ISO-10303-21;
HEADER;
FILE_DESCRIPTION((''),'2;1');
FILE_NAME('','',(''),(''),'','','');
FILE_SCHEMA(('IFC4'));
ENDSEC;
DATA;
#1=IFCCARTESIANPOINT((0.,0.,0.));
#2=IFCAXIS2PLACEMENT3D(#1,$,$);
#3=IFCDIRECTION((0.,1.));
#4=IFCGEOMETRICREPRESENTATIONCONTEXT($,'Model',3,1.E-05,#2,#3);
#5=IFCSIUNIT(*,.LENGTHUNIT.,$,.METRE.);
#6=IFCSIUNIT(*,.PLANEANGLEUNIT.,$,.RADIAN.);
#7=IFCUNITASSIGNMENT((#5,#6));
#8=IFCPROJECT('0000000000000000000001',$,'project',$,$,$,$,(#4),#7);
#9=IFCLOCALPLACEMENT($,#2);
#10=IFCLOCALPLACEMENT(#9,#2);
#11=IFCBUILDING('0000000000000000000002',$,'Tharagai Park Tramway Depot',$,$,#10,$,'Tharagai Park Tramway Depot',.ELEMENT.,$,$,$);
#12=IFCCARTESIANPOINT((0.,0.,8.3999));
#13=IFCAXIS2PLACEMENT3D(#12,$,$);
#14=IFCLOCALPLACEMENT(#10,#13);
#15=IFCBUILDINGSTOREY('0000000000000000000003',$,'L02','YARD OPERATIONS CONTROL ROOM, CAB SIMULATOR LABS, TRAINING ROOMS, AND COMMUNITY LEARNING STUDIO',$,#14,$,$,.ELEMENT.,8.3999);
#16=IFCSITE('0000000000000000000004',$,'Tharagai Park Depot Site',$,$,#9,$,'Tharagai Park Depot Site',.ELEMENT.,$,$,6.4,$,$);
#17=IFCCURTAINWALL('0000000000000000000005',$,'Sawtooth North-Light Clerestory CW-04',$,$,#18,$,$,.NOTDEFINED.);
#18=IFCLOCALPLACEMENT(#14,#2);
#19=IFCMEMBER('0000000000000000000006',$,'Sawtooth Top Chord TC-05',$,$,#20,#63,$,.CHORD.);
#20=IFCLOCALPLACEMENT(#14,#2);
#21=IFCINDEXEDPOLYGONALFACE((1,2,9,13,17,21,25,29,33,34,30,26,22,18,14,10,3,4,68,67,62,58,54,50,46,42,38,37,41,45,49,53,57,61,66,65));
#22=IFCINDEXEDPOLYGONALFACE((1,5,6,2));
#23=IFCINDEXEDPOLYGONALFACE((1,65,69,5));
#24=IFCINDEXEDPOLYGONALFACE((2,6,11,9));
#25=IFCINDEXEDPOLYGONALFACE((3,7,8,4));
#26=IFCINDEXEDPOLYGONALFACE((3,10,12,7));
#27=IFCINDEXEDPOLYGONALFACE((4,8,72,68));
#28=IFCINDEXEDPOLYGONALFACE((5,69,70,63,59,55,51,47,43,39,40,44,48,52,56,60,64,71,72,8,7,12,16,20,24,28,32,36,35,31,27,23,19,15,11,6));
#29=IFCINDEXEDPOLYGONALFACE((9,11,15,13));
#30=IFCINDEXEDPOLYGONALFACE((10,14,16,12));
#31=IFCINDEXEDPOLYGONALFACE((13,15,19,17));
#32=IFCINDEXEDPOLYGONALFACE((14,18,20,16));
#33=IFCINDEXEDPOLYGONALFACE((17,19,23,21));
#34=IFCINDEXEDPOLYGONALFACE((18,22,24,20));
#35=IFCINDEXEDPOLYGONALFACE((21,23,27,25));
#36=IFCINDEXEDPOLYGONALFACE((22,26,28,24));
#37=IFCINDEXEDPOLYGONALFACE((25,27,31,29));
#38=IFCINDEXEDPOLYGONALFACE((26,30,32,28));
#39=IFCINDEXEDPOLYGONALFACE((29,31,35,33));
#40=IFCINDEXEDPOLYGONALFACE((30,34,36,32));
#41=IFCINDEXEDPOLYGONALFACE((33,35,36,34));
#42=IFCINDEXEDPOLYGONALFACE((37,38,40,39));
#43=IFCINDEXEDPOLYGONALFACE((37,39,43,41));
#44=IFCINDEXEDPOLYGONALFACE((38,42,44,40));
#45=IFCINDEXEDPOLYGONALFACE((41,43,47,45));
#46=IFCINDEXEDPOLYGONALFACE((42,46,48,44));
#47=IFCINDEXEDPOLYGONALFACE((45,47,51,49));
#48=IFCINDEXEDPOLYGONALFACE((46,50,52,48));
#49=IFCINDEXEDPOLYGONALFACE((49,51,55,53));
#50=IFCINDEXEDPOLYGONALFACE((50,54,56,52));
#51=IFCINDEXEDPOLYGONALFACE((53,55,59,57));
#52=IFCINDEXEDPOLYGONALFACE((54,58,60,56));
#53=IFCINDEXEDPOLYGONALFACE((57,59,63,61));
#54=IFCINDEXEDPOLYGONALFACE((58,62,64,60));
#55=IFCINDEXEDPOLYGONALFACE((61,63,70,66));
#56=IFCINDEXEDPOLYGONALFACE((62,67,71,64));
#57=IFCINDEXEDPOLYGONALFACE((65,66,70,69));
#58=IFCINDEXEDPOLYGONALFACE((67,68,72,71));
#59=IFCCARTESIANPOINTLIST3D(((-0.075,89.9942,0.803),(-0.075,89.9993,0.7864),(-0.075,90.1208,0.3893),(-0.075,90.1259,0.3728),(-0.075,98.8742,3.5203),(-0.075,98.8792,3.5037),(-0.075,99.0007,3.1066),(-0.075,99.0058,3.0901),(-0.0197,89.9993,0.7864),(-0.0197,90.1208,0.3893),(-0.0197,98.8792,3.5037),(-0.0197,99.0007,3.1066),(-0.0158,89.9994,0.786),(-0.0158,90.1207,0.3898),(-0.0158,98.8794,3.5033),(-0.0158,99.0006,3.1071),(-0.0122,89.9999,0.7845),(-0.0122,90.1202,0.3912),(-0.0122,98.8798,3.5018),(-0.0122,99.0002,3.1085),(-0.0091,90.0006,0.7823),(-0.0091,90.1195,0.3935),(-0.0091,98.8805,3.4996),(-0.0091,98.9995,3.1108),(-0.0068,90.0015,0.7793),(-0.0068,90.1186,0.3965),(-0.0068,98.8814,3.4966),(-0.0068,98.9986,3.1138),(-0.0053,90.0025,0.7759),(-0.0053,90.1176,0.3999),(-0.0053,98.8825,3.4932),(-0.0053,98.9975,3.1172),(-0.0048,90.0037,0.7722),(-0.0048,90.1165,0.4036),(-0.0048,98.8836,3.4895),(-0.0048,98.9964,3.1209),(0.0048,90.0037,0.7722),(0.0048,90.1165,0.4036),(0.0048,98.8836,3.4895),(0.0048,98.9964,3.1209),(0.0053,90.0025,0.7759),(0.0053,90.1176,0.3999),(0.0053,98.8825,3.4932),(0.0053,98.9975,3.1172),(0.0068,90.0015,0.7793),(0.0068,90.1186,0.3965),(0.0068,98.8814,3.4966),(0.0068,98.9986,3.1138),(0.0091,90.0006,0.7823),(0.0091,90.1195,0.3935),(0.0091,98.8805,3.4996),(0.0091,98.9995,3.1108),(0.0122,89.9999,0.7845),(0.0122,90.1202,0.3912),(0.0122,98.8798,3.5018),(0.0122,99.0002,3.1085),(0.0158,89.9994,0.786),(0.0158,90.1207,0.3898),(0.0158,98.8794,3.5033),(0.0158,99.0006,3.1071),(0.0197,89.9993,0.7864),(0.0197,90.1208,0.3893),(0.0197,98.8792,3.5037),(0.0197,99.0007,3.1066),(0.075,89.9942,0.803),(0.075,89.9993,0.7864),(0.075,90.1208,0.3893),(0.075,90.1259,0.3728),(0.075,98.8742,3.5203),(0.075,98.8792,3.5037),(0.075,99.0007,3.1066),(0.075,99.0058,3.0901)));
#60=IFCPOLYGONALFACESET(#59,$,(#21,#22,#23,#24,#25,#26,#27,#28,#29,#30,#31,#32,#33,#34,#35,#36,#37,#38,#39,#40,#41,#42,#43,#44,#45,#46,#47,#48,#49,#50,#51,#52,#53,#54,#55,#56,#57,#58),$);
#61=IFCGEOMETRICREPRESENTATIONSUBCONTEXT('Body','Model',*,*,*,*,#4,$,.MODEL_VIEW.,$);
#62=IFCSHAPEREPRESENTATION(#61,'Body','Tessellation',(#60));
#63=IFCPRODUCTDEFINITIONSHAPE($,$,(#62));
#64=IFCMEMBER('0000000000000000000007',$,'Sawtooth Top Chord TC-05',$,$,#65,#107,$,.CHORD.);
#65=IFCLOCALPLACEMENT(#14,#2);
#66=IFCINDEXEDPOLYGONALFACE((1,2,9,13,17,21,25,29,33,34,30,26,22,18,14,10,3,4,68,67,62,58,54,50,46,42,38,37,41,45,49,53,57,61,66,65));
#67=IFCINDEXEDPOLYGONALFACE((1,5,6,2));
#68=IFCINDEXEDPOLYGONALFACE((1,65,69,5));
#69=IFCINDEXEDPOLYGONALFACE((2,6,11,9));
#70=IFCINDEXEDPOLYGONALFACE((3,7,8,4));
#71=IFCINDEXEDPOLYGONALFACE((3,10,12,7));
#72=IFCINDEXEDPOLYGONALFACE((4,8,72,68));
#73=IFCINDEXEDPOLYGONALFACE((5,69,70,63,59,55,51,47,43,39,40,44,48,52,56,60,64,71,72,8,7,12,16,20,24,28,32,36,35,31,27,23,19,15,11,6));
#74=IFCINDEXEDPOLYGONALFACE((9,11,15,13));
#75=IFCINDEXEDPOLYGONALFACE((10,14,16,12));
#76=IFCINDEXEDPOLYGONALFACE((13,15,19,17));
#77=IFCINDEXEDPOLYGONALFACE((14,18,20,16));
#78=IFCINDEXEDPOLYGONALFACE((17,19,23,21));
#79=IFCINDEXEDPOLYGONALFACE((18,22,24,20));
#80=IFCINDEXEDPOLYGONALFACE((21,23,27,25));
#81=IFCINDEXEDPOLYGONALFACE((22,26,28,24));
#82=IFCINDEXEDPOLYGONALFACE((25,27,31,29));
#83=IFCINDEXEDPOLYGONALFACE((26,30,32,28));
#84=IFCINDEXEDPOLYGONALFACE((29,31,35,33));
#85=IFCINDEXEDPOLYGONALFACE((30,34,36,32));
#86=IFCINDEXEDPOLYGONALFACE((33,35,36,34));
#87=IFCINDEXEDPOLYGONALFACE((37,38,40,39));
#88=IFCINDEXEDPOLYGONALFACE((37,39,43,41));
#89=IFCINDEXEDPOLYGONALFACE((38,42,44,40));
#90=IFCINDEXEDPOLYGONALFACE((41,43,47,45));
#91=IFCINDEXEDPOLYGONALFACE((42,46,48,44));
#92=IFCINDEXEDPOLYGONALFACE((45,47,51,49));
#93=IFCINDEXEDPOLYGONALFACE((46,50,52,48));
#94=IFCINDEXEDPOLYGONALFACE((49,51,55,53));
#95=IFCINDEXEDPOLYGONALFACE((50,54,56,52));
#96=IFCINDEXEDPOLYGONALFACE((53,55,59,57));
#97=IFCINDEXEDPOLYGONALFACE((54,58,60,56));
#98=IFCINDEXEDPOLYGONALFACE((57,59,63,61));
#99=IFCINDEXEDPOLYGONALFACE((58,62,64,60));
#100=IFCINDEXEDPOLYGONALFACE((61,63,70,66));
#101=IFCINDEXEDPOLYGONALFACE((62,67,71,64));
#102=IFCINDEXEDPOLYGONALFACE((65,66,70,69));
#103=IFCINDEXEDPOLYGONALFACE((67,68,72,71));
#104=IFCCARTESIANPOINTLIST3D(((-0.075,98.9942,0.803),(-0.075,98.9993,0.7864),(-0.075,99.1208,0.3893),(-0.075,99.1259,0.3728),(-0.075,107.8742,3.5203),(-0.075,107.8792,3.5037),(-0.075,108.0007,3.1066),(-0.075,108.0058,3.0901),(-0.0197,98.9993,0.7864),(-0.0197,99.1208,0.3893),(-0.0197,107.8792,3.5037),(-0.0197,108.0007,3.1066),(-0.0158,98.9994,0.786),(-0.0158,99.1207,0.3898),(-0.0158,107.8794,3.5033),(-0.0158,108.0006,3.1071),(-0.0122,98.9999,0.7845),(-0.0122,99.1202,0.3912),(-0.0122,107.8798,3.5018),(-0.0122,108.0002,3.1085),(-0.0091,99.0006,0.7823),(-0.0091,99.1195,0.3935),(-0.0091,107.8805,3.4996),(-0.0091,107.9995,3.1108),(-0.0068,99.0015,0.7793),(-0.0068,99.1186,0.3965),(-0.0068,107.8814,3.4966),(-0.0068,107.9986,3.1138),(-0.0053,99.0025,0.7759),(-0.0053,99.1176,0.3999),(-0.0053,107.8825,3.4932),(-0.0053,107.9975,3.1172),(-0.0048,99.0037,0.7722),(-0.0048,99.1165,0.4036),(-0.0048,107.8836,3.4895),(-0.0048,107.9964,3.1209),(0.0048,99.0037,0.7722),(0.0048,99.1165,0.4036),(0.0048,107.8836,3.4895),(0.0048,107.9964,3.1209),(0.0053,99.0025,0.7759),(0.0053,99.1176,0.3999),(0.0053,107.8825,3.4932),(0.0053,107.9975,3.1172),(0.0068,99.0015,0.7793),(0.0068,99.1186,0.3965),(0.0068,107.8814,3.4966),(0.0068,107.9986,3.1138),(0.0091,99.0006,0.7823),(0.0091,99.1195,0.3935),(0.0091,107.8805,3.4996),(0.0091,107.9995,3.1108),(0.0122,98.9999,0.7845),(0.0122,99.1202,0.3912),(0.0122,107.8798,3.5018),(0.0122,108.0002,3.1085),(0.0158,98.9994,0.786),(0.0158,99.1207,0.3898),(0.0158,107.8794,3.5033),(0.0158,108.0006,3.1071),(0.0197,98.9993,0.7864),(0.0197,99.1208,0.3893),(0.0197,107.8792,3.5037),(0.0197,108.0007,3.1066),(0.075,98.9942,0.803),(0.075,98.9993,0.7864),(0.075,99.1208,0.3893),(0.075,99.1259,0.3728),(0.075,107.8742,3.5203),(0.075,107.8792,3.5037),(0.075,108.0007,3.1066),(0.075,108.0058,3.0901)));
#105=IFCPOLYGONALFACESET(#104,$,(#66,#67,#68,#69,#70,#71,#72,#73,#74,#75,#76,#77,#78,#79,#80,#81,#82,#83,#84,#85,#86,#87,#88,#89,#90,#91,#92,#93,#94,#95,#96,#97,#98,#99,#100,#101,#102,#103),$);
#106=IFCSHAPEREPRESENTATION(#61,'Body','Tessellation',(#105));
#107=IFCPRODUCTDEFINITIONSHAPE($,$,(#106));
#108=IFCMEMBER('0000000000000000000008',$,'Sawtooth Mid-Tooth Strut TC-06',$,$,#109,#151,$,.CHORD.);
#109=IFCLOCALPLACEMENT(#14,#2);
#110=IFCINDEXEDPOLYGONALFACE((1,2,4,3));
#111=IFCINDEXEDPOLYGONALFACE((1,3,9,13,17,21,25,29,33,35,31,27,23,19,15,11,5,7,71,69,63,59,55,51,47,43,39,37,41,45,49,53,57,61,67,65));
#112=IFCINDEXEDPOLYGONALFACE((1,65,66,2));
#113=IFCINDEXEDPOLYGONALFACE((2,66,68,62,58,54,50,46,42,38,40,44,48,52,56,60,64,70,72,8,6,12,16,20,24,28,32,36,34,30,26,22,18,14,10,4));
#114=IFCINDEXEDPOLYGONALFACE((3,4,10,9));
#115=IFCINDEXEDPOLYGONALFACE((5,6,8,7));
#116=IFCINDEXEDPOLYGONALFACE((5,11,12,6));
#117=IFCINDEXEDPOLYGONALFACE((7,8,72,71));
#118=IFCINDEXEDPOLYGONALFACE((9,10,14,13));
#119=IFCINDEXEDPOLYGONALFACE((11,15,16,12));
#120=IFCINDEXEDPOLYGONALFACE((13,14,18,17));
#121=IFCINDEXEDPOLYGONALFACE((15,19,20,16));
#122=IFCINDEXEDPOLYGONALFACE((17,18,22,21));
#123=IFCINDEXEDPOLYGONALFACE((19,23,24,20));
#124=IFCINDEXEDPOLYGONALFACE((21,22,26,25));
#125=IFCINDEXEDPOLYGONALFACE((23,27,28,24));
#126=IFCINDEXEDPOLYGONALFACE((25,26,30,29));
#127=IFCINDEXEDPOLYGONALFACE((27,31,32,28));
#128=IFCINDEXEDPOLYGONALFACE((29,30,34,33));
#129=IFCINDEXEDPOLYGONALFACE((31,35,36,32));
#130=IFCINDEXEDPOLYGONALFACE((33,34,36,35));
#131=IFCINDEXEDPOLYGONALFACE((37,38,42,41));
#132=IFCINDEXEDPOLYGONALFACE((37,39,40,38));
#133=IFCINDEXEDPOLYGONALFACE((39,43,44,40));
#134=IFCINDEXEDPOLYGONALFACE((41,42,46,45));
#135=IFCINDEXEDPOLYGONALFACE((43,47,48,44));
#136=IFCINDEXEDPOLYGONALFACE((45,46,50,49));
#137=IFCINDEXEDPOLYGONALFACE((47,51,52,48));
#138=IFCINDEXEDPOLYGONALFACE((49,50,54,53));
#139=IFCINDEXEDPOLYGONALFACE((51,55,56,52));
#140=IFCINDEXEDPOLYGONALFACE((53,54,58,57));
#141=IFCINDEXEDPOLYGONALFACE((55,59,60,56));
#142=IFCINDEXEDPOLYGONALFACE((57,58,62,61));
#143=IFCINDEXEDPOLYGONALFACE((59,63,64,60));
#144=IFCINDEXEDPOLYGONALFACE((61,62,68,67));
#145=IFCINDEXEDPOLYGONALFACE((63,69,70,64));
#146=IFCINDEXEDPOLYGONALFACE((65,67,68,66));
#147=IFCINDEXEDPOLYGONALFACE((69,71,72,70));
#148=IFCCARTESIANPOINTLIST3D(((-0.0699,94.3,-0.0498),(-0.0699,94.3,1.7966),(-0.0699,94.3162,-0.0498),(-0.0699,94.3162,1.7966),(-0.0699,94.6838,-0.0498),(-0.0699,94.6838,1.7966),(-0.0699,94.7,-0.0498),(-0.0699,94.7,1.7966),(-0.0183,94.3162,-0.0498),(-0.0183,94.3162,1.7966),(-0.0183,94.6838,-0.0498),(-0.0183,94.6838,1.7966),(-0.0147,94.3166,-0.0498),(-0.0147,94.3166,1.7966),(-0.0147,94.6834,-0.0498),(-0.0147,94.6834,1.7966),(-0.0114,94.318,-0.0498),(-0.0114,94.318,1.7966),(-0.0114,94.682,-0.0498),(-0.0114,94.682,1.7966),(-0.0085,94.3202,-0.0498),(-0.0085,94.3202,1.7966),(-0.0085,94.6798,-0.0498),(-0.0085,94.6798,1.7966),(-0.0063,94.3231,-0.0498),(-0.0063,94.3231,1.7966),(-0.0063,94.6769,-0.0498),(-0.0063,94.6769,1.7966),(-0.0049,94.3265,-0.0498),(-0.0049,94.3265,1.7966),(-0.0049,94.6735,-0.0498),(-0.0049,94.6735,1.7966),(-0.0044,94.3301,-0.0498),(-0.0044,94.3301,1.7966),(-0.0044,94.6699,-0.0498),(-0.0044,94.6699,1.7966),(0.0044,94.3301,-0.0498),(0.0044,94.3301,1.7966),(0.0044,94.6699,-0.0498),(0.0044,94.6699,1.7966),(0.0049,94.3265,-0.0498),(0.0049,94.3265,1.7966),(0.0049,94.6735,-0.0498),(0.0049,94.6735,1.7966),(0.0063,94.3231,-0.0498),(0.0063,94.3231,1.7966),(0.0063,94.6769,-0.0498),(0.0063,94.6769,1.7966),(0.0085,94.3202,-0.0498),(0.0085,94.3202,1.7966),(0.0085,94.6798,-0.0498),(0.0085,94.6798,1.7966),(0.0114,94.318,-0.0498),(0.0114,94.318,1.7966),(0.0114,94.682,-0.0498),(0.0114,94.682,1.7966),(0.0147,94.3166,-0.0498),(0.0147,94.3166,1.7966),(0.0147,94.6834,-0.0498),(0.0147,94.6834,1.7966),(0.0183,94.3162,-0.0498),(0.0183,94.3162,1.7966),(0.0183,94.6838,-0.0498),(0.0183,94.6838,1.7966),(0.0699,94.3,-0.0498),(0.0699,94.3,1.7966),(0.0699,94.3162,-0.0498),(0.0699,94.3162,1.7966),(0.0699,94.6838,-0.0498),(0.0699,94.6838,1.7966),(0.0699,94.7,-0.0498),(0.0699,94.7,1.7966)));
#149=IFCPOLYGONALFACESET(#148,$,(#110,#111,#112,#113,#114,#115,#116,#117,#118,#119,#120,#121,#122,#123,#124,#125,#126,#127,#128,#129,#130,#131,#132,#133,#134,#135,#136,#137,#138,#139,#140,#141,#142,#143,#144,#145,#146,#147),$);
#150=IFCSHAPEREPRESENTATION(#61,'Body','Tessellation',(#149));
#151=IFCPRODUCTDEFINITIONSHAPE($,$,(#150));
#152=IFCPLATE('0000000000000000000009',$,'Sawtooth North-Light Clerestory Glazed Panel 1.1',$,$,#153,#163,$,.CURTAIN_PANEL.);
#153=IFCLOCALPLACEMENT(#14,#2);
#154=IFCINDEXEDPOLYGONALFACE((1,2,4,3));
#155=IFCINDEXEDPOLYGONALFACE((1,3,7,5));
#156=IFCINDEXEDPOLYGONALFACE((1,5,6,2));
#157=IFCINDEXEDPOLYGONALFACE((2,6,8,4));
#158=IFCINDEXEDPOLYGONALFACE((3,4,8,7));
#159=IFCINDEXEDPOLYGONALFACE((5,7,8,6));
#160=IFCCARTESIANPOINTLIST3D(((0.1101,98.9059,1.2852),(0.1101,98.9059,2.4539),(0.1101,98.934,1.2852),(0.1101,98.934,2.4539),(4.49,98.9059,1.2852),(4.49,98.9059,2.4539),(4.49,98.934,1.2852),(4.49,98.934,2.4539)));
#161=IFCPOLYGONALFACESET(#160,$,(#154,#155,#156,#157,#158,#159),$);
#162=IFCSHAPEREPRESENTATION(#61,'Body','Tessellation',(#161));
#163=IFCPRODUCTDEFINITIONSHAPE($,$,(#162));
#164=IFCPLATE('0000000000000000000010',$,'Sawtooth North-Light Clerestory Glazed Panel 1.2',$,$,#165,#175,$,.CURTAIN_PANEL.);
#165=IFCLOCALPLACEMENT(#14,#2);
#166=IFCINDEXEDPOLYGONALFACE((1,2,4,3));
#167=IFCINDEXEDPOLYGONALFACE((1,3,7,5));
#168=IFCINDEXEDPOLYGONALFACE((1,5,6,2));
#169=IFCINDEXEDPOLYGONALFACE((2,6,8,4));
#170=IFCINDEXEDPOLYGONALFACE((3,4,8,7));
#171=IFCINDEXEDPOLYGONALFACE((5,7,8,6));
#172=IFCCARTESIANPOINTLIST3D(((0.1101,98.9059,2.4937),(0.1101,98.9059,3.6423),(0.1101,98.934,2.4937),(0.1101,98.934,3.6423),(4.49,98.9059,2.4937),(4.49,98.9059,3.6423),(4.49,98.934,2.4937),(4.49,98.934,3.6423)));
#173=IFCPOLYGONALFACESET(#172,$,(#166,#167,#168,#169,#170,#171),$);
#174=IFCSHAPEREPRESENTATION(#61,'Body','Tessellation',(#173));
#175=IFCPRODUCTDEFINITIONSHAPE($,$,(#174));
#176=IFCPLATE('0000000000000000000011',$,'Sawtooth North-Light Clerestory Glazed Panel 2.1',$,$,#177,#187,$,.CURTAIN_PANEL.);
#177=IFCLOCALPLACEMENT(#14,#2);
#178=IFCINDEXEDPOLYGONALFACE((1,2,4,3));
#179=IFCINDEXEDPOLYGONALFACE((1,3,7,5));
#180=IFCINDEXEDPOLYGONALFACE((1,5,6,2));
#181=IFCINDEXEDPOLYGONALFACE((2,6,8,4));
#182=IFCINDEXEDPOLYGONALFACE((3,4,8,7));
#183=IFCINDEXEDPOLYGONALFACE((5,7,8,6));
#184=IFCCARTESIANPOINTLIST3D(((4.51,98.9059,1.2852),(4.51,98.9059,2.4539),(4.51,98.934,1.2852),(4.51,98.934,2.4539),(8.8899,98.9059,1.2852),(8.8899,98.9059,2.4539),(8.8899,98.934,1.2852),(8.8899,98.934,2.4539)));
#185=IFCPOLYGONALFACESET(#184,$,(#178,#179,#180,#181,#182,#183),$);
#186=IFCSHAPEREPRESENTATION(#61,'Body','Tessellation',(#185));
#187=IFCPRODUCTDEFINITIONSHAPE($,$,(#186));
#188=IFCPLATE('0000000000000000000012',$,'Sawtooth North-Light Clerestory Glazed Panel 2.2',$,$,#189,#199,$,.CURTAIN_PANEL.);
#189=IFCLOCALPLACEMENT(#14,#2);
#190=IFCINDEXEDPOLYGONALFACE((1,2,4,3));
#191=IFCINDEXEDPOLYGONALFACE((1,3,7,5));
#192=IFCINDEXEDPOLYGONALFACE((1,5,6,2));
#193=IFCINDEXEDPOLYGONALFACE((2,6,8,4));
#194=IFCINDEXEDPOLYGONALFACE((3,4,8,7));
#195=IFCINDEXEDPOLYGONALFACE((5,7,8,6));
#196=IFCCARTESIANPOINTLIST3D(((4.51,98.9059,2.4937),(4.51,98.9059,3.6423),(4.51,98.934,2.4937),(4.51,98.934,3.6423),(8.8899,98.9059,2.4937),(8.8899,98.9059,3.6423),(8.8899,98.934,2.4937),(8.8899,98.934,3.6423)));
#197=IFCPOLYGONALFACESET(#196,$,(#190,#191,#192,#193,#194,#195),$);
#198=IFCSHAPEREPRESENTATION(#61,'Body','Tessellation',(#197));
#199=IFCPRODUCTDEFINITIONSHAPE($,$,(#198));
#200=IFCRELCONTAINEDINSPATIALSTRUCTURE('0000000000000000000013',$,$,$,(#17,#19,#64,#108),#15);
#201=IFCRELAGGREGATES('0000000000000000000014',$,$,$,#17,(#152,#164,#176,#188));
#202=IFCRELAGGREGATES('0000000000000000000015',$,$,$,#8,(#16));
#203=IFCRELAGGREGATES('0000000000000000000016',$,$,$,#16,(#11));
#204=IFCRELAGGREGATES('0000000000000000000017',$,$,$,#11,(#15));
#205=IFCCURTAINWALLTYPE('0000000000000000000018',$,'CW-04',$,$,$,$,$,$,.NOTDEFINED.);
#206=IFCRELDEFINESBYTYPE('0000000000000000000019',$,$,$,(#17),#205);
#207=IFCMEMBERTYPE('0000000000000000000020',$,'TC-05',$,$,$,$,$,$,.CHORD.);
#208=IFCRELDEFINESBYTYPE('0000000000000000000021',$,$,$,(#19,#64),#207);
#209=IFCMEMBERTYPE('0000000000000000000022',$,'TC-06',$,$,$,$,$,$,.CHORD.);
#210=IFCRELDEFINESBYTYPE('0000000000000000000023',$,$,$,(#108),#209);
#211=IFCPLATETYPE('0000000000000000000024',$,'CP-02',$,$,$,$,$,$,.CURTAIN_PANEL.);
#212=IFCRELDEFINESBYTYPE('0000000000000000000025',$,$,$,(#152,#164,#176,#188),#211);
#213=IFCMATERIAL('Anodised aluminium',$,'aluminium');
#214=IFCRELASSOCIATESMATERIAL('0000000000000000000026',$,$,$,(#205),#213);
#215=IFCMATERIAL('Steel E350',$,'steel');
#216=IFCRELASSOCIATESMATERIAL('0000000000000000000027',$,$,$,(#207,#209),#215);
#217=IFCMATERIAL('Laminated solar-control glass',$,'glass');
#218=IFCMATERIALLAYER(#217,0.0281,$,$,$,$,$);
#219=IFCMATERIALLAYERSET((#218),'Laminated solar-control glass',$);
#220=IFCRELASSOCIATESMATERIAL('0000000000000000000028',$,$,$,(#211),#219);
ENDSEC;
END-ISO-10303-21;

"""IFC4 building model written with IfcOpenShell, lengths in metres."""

from ifc_helpers import new_model, si_unit, direction, frame, origin, origin_2d, place, context, subcontext, project, spatial, rectangle, i_section, extrude, material, layer, layer_set, material_profile, profile_set, type_object, element, aggregate, save


model = new_model("IFC4")

# Units and contexts
model_context = context("Model", 3, precision=1e-05, world=origin(), true_north=direction((0.0, 1.0)))
body_context = subcontext(model_context, "Body", "Model", "MODEL_VIEW")
ifc_project = project(units=[si_unit("LENGTHUNIT", "METRE"), si_unit("PLANEANGLEUNIT", "RADIAN")], contexts=[model_context])

# Site, building, storey
site_placement = place(None, origin())
site = spatial("IfcSite", under=ifc_project, at=site_placement, Name="Tharagai Park Depot Site", LongName="Tharagai Park Depot Site", CompositionType="ELEMENT", RefElevation=6.4)
building_placement = place(site_placement, origin())
building = spatial("IfcBuilding", under=site, at=building_placement, Name="Tharagai Park Tramway Depot", LongName="Tharagai Park Tramway Depot", CompositionType="ELEMENT")
storey_placement = place(building_placement, frame((0.0, 0.0, 8.3999)))
storey = spatial("IfcBuildingStorey", under=building, at=storey_placement, Name="L02", Description="YARD OPERATIONS CONTROL ROOM, CAB SIMULATOR LABS, TRAINING ROOMS, AND COMMUNITY LEARNING STUDIO", CompositionType="ELEMENT", Elevation=8.3999)

# Shared definitions
ifc_material_1 = material(Name="Steel E350", Category="steel")

# Curtain wall
ifc_material_2 = material(Name="Anodised aluminium", Category="aluminium")
curtain_wall_type = type_object("IfcCurtainWallType", Name="CW-04", PredefinedType="NOTDEFINED", material=ifc_material_2)
curtain_wall_placement = place(storey_placement, origin())
curtain_wall = element("IfcCurtainWall", 1, at=curtain_wall_placement, inside=storey, type_object=curtain_wall_type, Name="Sawtooth North-Light Clerestory CW-04", PredefinedType="NOTDEFINED")

# Members
ifc_material_profile_1 = material_profile(ifc_material_1, i_section(OverallWidth=0.1499, OverallDepth=0.45, WebThickness=0.0095, FlangeThickness=0.0173, FilletRadius=0.0149, at=origin_2d()), Name="ISMB 450")
ifc_profile_set_1 = profile_set([ifc_material_profile_1], Name="Steel E350")
member_type_1 = type_object("IfcMemberType", Name="TC-05", PredefinedType="CHORD", material=ifc_profile_set_1)
for number, where, z_axis, x_axis, name in (
    (2, (0.0, 90.0601, 0.5879), (0.0, 0.956231, 0.292611), (-1.0, 0.0, 0.0), "Sawtooth Top Chord TC-05"),
    (3, (0.0, 99.0601, 0.5879), (0.0, 0.956231, 0.292611), (-1.0, 0.0, 0.0), "Sawtooth Top Chord TC-05"),
):
    element("IfcMember", number, at=place(storey_placement, frame(where, z_axis=z_axis, x_axis=x_axis)), inside=storey, type_object=member_type_1, Name=name, PredefinedType="CHORD", context=body_context, shape_type="SweptSolid", body=[
        extrude(i_section(OverallWidth=0.1499, OverallDepth=0.45, WebThickness=0.0095, FlangeThickness=0.0173, FilletRadius=0.0149, at=origin_2d()), origin(), (0.0, 0.0, 1.0), 9.2864),
    ])
ifc_material_profile_2 = material_profile(ifc_material_1, i_section(OverallWidth=0.1399, OverallDepth=0.3999, WebThickness=0.0088, FlangeThickness=0.0161, FilletRadius=0.0139, at=origin_2d()), Name="ISMB 400")
ifc_profile_set_2 = profile_set([ifc_material_profile_2], Name="Steel E350")
member_type_2 = type_object("IfcMemberType", Name="TC-06", PredefinedType="CHORD", material=ifc_profile_set_2)
member_1_placement = place(storey_placement, frame((0.0, 94.5, -0.0498), z_axis=(0.0, 0.0, 1.0), x_axis=(1.0, 0.0, 0.0)))
element("IfcMember", 4, at=member_1_placement, inside=storey, type_object=member_type_2, Name="Sawtooth Mid-Tooth Strut TC-06", PredefinedType="CHORD", context=body_context, shape_type="SweptSolid", body=[
    extrude(i_section(OverallWidth=0.1399, OverallDepth=0.3999, WebThickness=0.0088, FlangeThickness=0.0161, FilletRadius=0.0139, at=origin_2d()), origin(), (0.0, 0.0, 1.0), 1.8464),
])

# Plates
ifc_material_3 = material(Name="Laminated solar-control glass", Category="glass")
ifc_layer_1 = layer(ifc_material_3, 0.0281)
ifc_layer_set_1 = layer_set([ifc_layer_1], Name="Laminated solar-control glass")
plate_type_1 = type_object("IfcPlateType", Name="CP-02", PredefinedType="CURTAIN_PANEL", material=ifc_layer_set_1)
plate_1_placement = place(storey_placement, frame((2.3, 98.9199, 1.2852), z_axis=(0.0, 0.0, 1.0), x_axis=(1.0, 0.0, 0.0)))
plate_1 = element("IfcPlate", 5, at=plate_1_placement, type_object=plate_type_1, Name="Sawtooth North-Light Clerestory Glazed Panel 1.1", PredefinedType="CURTAIN_PANEL", context=body_context, shape_type="SweptSolid", body=[
    extrude(rectangle(XDim=4.3799, YDim=0.0281, at=origin_2d()), origin(), (0.0, 0.0, 1.0), 1.1687),
])
plate_2_placement = place(storey_placement, frame((2.3, 98.9199, 2.4937), z_axis=(0.0, 0.0, 1.0), x_axis=(1.0, 0.0, 0.0)))
plate_2 = element("IfcPlate", 6, at=plate_2_placement, type_object=plate_type_1, Name="Sawtooth North-Light Clerestory Glazed Panel 1.2", PredefinedType="CURTAIN_PANEL", context=body_context, shape_type="SweptSolid", body=[
    extrude(rectangle(XDim=4.3799, YDim=0.0281, at=origin_2d()), origin(), (0.0, 0.0, 1.0), 1.1487),
])
plate_3_placement = place(storey_placement, frame((6.7, 98.9199, 1.2852), z_axis=(0.0, 0.0, 1.0), x_axis=(1.0, 0.0, 0.0)))
plate_3 = element("IfcPlate", 7, at=plate_3_placement, type_object=plate_type_1, Name="Sawtooth North-Light Clerestory Glazed Panel 2.1", PredefinedType="CURTAIN_PANEL", context=body_context, shape_type="SweptSolid", body=[
    extrude(rectangle(XDim=4.3799, YDim=0.0281, at=origin_2d()), origin(), (0.0, 0.0, 1.0), 1.1687),
])
plate_4_placement = place(storey_placement, frame((6.7, 98.9199, 2.4937), z_axis=(0.0, 0.0, 1.0), x_axis=(1.0, 0.0, 0.0)))
plate_4 = element("IfcPlate", 8, at=plate_4_placement, type_object=plate_type_1, Name="Sawtooth North-Light Clerestory Glazed Panel 2.2", PredefinedType="CURTAIN_PANEL", context=body_context, shape_type="SweptSolid", body=[
    extrude(rectangle(XDim=4.3799, YDim=0.0281, at=origin_2d()), origin(), (0.0, 0.0, 1.0), 1.1487),
])
aggregate(curtain_wall, [plate_1, plate_2, plate_3, plate_4])

save(model, "model.ifc")
